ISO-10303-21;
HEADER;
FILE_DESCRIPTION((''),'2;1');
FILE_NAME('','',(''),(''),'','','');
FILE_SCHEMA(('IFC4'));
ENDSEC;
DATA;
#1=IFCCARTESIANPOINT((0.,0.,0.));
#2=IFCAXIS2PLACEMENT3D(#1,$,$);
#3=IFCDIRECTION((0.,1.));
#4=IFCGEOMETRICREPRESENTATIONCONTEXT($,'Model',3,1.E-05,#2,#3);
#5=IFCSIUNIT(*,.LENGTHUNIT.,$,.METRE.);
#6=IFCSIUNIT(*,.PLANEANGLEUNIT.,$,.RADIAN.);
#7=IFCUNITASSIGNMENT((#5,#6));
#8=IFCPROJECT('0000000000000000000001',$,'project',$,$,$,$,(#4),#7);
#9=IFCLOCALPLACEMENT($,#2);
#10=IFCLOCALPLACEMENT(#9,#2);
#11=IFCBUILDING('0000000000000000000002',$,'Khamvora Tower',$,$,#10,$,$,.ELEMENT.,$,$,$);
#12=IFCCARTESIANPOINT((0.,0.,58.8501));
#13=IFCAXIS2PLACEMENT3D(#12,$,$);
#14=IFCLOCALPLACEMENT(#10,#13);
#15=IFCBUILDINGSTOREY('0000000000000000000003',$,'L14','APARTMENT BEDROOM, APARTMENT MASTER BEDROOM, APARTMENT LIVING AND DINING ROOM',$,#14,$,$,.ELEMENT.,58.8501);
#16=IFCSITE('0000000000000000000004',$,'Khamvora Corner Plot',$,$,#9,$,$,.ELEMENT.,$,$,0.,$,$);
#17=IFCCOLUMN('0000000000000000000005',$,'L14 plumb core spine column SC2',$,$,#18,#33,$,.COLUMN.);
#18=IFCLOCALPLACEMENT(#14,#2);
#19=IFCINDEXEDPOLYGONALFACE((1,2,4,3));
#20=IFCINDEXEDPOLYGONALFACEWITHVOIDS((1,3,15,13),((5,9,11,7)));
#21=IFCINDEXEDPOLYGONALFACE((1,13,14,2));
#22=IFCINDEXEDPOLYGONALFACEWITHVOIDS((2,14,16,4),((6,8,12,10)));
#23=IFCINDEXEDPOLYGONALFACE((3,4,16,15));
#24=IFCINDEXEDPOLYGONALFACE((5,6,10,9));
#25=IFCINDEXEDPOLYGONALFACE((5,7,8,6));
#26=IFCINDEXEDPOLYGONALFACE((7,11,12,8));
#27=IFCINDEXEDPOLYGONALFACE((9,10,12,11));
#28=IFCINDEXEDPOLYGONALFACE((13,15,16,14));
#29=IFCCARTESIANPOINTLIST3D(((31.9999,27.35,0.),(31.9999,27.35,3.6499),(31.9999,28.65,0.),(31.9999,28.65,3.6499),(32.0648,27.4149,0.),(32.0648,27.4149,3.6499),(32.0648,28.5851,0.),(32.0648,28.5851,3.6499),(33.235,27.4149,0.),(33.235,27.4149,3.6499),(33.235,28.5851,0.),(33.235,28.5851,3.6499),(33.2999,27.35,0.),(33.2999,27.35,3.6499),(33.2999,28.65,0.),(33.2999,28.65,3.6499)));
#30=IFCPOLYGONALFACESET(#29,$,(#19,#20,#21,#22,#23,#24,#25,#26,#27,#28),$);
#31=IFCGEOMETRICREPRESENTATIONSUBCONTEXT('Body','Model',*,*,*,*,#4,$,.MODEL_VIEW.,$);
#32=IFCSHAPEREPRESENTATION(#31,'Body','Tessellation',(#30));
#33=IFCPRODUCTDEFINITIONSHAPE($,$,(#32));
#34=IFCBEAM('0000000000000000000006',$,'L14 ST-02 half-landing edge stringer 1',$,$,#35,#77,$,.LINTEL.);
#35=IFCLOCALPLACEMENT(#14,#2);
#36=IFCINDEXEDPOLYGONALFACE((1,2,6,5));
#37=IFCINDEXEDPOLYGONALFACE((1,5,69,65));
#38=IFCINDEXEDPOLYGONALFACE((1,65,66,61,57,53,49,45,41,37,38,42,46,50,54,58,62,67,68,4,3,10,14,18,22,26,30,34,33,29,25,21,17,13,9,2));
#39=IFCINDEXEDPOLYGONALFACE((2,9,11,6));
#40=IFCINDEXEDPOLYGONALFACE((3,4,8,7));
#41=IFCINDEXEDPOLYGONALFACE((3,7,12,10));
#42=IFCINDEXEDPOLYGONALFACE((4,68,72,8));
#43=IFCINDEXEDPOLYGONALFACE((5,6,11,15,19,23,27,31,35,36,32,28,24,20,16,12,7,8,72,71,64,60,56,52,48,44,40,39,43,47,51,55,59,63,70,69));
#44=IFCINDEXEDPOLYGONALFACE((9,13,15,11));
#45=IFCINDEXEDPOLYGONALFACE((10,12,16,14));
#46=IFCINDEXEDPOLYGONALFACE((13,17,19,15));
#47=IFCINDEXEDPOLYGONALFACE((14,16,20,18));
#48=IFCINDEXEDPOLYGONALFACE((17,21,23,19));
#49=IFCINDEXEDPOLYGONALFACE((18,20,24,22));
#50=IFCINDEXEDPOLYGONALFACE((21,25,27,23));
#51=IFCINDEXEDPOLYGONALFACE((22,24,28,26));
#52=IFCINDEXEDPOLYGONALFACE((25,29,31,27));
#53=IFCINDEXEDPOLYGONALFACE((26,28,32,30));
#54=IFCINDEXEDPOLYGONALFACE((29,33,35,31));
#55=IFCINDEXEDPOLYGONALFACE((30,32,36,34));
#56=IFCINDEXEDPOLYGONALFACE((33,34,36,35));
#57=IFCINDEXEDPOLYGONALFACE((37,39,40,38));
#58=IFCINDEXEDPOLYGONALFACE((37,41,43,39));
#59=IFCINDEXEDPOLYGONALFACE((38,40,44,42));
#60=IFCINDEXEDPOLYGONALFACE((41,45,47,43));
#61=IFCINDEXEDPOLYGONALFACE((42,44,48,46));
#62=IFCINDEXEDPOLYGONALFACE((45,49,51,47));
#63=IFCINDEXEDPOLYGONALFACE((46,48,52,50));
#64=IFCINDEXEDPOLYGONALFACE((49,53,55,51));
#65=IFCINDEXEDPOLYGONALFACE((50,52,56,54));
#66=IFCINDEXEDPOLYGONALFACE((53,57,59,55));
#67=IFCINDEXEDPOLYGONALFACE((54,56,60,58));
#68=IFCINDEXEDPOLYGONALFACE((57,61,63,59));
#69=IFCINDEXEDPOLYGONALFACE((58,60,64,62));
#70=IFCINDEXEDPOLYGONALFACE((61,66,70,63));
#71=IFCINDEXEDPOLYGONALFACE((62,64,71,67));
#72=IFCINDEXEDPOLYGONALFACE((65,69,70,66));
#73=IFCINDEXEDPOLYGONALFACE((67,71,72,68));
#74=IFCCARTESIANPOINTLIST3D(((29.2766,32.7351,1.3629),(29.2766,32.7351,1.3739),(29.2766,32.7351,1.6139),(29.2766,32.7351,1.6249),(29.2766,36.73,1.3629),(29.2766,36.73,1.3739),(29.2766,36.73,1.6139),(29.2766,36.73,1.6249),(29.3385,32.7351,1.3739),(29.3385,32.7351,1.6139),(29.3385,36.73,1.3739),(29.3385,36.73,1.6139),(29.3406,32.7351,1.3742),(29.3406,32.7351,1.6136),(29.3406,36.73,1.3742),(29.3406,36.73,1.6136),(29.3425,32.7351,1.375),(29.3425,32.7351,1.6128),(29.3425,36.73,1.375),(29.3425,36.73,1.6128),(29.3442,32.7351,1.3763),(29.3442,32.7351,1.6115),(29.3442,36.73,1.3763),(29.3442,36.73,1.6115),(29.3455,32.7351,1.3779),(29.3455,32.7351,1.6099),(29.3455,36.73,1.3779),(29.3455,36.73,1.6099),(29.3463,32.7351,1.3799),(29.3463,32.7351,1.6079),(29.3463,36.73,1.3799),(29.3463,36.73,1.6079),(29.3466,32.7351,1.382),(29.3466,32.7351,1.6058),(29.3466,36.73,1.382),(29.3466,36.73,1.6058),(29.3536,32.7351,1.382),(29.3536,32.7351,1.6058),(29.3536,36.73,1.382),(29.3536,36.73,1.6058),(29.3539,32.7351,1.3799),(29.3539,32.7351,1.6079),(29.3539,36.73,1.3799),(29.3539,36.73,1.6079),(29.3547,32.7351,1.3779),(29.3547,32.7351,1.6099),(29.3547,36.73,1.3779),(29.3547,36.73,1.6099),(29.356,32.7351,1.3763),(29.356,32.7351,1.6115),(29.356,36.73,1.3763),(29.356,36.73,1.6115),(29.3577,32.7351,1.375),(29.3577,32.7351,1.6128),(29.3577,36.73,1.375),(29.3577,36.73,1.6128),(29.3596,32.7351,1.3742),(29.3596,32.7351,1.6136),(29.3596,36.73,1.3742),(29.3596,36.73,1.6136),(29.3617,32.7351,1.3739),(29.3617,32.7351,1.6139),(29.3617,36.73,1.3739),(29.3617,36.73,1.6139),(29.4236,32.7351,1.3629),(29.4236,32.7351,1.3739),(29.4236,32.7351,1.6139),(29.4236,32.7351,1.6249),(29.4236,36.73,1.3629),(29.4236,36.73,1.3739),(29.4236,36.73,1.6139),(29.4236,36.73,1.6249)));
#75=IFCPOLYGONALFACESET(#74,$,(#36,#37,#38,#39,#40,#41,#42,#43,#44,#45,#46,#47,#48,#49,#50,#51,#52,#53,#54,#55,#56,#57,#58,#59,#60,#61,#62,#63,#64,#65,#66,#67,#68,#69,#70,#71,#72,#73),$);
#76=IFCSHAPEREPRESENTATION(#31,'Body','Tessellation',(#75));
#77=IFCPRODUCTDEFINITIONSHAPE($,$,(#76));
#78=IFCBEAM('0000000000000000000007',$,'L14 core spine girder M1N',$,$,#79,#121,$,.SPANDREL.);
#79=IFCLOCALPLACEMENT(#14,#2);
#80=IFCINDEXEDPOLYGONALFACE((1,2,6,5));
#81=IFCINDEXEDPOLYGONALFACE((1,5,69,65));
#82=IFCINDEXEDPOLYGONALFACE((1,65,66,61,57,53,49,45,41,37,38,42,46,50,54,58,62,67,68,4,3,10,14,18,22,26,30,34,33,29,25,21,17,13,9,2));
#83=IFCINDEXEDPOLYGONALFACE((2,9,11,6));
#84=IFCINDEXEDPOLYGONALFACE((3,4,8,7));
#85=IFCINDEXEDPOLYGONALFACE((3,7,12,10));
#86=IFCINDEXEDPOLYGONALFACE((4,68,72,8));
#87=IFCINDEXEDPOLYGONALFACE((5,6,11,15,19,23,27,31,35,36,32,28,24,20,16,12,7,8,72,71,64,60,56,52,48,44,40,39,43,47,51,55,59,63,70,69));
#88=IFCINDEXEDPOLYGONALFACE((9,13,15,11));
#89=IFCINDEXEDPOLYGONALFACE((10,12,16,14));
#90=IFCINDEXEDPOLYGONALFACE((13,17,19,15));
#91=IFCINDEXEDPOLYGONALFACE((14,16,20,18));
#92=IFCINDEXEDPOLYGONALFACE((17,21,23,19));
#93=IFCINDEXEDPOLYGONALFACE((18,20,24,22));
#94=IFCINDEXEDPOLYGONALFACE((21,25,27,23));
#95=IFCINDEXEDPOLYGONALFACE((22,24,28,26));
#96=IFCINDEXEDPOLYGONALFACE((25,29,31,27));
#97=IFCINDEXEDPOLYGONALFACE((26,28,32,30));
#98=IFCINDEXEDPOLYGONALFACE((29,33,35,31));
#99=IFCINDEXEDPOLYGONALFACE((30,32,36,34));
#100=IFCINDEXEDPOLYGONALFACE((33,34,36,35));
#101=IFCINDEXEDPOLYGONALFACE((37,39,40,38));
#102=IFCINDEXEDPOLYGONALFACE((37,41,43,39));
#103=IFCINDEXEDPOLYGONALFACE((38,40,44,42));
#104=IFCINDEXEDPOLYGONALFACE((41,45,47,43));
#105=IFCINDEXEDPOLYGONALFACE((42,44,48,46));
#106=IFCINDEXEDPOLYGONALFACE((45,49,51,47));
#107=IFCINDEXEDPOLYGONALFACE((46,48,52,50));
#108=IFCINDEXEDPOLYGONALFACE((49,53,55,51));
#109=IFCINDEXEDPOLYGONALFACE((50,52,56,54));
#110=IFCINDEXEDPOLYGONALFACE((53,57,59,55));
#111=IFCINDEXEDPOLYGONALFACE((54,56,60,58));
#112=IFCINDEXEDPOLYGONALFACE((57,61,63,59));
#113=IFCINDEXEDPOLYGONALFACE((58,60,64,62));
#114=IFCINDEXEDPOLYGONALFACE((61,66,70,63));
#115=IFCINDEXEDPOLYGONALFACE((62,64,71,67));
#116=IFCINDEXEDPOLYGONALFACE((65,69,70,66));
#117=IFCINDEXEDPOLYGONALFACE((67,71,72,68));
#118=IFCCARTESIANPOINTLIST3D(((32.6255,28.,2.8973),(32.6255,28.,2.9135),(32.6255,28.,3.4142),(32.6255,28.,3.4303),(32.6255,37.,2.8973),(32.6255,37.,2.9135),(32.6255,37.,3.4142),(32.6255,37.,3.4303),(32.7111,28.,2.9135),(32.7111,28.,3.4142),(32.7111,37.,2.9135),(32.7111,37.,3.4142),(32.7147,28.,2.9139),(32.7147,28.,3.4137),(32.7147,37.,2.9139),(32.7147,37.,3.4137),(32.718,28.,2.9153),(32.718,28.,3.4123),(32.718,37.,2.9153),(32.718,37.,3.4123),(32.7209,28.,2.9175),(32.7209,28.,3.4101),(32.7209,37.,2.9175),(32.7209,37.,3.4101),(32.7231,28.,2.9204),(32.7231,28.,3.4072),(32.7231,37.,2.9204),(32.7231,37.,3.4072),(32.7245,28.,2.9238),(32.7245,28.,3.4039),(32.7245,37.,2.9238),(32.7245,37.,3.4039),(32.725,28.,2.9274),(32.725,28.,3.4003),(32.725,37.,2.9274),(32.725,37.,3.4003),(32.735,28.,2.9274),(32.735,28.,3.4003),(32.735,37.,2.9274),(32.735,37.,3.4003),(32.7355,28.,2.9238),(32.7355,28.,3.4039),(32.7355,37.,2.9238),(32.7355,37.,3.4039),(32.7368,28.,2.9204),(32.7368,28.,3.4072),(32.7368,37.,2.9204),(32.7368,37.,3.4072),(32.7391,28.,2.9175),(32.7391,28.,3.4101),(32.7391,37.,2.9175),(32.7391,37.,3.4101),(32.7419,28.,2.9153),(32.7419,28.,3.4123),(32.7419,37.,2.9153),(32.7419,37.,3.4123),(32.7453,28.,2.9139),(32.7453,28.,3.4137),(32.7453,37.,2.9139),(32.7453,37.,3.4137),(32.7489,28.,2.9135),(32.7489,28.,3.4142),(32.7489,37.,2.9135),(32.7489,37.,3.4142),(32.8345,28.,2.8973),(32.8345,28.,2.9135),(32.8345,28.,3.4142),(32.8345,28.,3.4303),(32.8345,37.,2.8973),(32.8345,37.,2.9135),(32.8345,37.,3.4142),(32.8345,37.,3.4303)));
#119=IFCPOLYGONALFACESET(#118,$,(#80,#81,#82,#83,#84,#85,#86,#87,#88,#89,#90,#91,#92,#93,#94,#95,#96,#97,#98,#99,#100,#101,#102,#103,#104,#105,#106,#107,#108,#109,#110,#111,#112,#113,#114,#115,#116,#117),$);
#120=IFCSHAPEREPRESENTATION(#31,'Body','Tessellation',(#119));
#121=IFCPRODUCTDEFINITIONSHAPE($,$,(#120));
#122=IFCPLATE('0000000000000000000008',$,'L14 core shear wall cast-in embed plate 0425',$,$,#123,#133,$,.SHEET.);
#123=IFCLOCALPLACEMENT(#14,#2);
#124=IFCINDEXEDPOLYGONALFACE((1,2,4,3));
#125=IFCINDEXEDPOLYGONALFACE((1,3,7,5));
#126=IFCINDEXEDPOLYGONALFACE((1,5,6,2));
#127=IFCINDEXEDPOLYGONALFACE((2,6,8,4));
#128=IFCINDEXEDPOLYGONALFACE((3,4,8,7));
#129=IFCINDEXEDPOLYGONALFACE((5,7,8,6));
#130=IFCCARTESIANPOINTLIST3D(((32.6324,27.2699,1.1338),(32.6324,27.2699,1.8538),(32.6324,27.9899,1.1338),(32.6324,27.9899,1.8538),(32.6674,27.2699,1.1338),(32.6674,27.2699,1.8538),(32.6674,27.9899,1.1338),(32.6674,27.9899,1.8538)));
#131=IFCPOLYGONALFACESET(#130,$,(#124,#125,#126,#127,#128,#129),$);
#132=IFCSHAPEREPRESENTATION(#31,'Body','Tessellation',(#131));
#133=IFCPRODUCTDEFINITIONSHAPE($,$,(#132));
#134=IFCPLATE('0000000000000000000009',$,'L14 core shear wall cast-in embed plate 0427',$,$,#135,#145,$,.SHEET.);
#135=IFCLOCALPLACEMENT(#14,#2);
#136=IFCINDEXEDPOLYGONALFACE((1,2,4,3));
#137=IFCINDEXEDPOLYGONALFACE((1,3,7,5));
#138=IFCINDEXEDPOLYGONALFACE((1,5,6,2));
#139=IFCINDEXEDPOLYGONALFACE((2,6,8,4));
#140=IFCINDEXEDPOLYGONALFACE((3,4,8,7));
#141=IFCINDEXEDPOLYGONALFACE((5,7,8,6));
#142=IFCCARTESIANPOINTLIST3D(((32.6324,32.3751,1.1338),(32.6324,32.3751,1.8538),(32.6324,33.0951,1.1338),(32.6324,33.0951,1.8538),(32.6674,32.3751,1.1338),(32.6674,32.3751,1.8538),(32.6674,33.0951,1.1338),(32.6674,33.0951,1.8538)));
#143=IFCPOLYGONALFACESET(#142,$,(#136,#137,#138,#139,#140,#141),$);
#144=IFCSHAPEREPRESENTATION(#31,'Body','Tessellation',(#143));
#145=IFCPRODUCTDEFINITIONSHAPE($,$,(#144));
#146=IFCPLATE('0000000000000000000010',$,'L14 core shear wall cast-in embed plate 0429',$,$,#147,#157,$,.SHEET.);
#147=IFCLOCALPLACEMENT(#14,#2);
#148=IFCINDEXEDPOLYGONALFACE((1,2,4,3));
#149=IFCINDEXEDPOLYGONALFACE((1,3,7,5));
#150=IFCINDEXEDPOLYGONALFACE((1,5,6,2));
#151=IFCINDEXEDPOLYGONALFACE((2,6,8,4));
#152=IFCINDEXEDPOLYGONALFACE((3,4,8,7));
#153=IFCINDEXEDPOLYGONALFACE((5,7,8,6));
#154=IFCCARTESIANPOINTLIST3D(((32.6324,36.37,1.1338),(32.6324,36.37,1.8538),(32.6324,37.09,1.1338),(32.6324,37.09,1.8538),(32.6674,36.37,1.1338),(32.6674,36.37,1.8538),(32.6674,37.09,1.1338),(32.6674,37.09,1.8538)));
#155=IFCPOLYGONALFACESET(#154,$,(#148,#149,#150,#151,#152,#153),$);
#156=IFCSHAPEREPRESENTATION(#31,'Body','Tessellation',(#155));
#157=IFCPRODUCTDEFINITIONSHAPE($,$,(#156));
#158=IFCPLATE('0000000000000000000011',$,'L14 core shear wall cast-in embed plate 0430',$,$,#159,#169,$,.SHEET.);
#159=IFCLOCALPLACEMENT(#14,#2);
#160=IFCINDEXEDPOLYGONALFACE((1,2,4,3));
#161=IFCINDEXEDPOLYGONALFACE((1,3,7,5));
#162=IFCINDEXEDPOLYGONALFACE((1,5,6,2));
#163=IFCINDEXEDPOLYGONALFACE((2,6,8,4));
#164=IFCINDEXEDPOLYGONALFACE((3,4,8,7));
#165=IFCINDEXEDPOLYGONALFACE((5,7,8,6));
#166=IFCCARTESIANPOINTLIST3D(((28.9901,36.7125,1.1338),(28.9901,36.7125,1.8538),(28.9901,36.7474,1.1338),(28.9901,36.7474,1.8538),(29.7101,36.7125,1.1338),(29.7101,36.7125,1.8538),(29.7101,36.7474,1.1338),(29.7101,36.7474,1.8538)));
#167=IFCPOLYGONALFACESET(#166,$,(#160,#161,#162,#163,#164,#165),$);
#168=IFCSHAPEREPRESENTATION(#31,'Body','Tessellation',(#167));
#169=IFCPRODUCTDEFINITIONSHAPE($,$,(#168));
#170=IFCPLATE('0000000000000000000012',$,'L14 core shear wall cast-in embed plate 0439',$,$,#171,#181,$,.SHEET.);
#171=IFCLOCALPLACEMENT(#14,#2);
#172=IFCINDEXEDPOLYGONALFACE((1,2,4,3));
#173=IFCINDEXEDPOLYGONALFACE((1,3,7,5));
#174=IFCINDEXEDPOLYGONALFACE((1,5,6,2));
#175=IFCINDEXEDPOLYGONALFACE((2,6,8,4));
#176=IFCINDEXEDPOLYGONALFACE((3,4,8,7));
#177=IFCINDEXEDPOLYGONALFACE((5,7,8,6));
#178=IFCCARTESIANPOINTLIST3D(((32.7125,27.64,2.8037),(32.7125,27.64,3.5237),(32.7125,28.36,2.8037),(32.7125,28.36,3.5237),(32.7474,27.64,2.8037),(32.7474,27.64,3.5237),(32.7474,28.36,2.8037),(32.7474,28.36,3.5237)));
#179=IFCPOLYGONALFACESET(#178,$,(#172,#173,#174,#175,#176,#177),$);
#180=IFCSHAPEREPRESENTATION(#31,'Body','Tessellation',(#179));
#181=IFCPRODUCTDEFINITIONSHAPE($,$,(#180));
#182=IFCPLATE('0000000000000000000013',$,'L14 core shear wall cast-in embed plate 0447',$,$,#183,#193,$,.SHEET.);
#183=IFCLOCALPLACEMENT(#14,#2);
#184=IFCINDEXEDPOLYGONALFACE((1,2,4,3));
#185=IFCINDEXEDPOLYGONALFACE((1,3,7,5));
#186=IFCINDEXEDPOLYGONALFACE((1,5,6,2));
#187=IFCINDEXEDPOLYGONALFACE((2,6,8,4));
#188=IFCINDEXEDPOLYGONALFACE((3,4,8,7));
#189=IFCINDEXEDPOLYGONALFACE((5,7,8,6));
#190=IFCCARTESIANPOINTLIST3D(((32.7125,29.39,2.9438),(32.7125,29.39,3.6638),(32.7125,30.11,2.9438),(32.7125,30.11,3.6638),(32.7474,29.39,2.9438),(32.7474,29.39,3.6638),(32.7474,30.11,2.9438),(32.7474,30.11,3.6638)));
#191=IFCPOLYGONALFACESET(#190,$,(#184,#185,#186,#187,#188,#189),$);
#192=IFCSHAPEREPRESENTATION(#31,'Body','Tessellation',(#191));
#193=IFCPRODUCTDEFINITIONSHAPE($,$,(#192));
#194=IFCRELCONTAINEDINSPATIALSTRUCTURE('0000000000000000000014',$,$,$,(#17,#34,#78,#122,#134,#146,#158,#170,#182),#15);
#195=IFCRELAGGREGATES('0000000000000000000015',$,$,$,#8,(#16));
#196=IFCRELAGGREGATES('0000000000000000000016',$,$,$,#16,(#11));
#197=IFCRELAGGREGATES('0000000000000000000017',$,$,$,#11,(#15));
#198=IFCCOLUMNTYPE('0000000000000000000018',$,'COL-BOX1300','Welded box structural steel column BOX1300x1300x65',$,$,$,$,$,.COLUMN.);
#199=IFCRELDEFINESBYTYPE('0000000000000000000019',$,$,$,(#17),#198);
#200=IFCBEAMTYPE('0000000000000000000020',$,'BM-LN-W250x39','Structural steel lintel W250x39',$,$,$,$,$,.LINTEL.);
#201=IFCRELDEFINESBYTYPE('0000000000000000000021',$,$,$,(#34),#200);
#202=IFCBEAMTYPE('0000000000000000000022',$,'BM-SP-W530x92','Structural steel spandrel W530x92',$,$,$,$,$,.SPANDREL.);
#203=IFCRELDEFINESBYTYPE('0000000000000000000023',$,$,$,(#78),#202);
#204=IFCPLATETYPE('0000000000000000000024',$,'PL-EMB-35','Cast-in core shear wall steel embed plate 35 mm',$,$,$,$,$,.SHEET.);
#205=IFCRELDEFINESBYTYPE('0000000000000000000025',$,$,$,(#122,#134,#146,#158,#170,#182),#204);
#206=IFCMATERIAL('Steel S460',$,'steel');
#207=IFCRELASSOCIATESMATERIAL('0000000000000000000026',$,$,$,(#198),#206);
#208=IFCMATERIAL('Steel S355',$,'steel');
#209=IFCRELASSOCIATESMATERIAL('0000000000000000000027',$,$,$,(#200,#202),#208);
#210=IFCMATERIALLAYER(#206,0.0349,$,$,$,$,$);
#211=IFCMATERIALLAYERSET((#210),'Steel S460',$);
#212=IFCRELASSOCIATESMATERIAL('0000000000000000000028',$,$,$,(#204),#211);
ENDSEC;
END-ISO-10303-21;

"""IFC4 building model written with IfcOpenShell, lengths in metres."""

from ifc_helpers import new_model, si_unit, direction, frame, origin, origin_2d, place, context, subcontext, project, spatial, rectangle, hollow_rectangle, i_section, extrude, material, layer, layer_set, material_profile, profile_set, type_object, element, save


model = new_model("IFC4")

# Units and contexts
model_context = context("Model", 3, precision=1e-05, world=origin(), true_north=direction((0.0, 1.0)))
body_context = subcontext(model_context, "Body", "Model", "MODEL_VIEW")
ifc_project = project(units=[si_unit("LENGTHUNIT", "METRE"), si_unit("PLANEANGLEUNIT", "RADIAN")], contexts=[model_context])

# Site, building, storey
site_placement = place(None, origin())
site = spatial("IfcSite", under=ifc_project, at=site_placement, Name="Khamvora Corner Plot", CompositionType="ELEMENT", RefElevation=0.0)
building_placement = place(site_placement, origin())
building = spatial("IfcBuilding", under=site, at=building_placement, Name="Khamvora Tower", CompositionType="ELEMENT")
storey_placement = place(building_placement, frame((0.0, 0.0, 58.8501)))
storey = spatial("IfcBuildingStorey", under=building, at=storey_placement, Name="L14", Description="APARTMENT BEDROOM, APARTMENT MASTER BEDROOM, APARTMENT LIVING AND DINING ROOM", CompositionType="ELEMENT", Elevation=58.8501)

# Column
ifc_material_1 = material(Name="Steel S460", Category="steel")
ifc_material_profile_1 = material_profile(ifc_material_1, hollow_rectangle(XDim=1.3, YDim=1.3, WallThickness=0.0649, at=origin_2d()), Name="BOX1300x1300x65")
ifc_profile_set_1 = profile_set([ifc_material_profile_1], Name="Steel S460")
column_type = type_object("IfcColumnType", Name="COL-BOX1300", Description="Welded box structural steel column BOX1300x1300x65", PredefinedType="COLUMN", material=ifc_profile_set_1)
column_placement = place(storey_placement, frame((32.6499, 28.0, 0.0), z_axis=(0.0, 0.0, 1.0), x_axis=(1.0, 0.0, 0.0)))
element("IfcColumn", 1, at=column_placement, inside=storey, type_object=column_type, Name="L14 plumb core spine column SC2", PredefinedType="COLUMN", context=body_context, shape_type="SweptSolid", body=[
    extrude(hollow_rectangle(XDim=1.3, YDim=1.3, WallThickness=0.0649, at=origin_2d()), origin(), (0.0, 0.0, 1.0), 3.6499),
])

# Beams
ifc_material_2 = material(Name="Steel S355", Category="steel")
ifc_material_profile_2 = material_profile(ifc_material_2, i_section(OverallWidth=0.147, OverallDepth=0.262, WebThickness=0.0071, FlangeThickness=0.011, FilletRadius=0.0081, at=origin_2d()), Name="W250x39")
ifc_profile_set_2 = profile_set([ifc_material_profile_2], Name="Steel S355")
beam_type_1 = type_object("IfcBeamType", Name="BM-LN-W250x39", Description="Structural steel lintel W250x39", PredefinedType="LINTEL", material=ifc_profile_set_2)
beam_1_placement = place(storey_placement, frame((29.3501, 32.7351, 1.4939), z_axis=(0.0, 1.0, 0.0), x_axis=(-1.0, 0.0, 0.0)))
element("IfcBeam", 2, at=beam_1_placement, inside=storey, type_object=beam_type_1, Name="L14 ST-02 half-landing edge stringer 1", PredefinedType="LINTEL", context=body_context, shape_type="SweptSolid", body=[
    extrude(i_section(OverallWidth=0.147, OverallDepth=0.262, WebThickness=0.0071, FlangeThickness=0.011, FilletRadius=0.0081, at=origin_2d()), origin(), (0.0, 0.0, 1.0), 3.9949),
])
ifc_material_profile_3 = material_profile(ifc_material_2, i_section(OverallWidth=0.209, OverallDepth=0.533, WebThickness=0.01, FlangeThickness=0.0161, FilletRadius=0.0139, at=origin_2d()), Name="W530x92")
ifc_profile_set_3 = profile_set([ifc_material_profile_3], Name="Steel S355")
beam_type_2 = type_object("IfcBeamType", Name="BM-SP-W530x92", Description="Structural steel spandrel W530x92", PredefinedType="SPANDREL", material=ifc_profile_set_3)
beam_2_placement = place(storey_placement, frame((32.73, 28.0, 3.1638), z_axis=(0.0, 1.0, 0.0), x_axis=(-1.0, 0.0, 0.0)))
element("IfcBeam", 3, at=beam_2_placement, inside=storey, type_object=beam_type_2, Name="L14 core spine girder M1N", PredefinedType="SPANDREL", context=body_context, shape_type="SweptSolid", body=[
    extrude(i_section(OverallWidth=0.209, OverallDepth=0.533, WebThickness=0.01, FlangeThickness=0.0161, FilletRadius=0.0139, at=origin_2d()), origin(), (0.0, 0.0, 1.0), 9.0),
])

# Plates
ifc_layer_1 = layer(ifc_material_1, 0.0349)
ifc_layer_set_1 = layer_set([ifc_layer_1], Name="Steel S460")
plate_type = type_object("IfcPlateType", Name="PL-EMB-35", Description="Cast-in core shear wall steel embed plate 35 mm", PredefinedType="SHEET", material=ifc_layer_set_1)
for number, where, z_axis, x_axis, name in (
    (4, (32.6499, 27.6299, 1.1338), (0.0, 0.0, 1.0), (1.0, 0.0, 0.0), "L14 core shear wall cast-in embed plate 0425"),
    (5, (32.6499, 32.7351, 1.1338), (0.0, 0.0, 1.0), (1.0, 0.0, 0.0), "L14 core shear wall cast-in embed plate 0427"),
    (6, (32.6499, 36.73, 1.1338), (0.0, 0.0, 1.0), (1.0, 0.0, 0.0), "L14 core shear wall cast-in embed plate 0429"),
):
    element("IfcPlate", number, at=place(storey_placement, frame(where, z_axis=z_axis, x_axis=x_axis)), inside=storey, type_object=plate_type, Name=name, PredefinedType="SHEET", context=body_context, shape_type="SweptSolid", body=[
        extrude(rectangle(XDim=0.0349, YDim=0.72, at=origin_2d()), origin(), (0.0, 0.0, 1.0), 0.72),
    ])
plate_placement = place(storey_placement, frame((29.3501, 36.73, 1.1338), z_axis=(0.0, 0.0, 1.0), x_axis=(1.0, 0.0, 0.0)))
element("IfcPlate", 7, at=plate_placement, inside=storey, type_object=plate_type, Name="L14 core shear wall cast-in embed plate 0430", PredefinedType="SHEET", context=body_context, shape_type="SweptSolid", body=[
    extrude(rectangle(XDim=0.72, YDim=0.0349, at=origin_2d()), origin(), (0.0, 0.0, 1.0), 0.72),
])
for number, where, z_axis, x_axis, name in (
    (8, (32.73, 28.0, 2.8037), (0.0, 0.0, 1.0), (1.0, 0.0, 0.0), "L14 core shear wall cast-in embed plate 0439"),
    (9, (32.73, 29.75, 2.9438), (0.0, 0.0, 1.0), (1.0, 0.0, 0.0), "L14 core shear wall cast-in embed plate 0447"),
):
    element("IfcPlate", number, at=place(storey_placement, frame(where, z_axis=z_axis, x_axis=x_axis)), inside=storey, type_object=plate_type, Name=name, PredefinedType="SHEET", context=body_context, shape_type="SweptSolid", body=[
        extrude(rectangle(XDim=0.0349, YDim=0.72, at=origin_2d()), origin(), (0.0, 0.0, 1.0), 0.72),
    ])

save(model, "model.ifc")
